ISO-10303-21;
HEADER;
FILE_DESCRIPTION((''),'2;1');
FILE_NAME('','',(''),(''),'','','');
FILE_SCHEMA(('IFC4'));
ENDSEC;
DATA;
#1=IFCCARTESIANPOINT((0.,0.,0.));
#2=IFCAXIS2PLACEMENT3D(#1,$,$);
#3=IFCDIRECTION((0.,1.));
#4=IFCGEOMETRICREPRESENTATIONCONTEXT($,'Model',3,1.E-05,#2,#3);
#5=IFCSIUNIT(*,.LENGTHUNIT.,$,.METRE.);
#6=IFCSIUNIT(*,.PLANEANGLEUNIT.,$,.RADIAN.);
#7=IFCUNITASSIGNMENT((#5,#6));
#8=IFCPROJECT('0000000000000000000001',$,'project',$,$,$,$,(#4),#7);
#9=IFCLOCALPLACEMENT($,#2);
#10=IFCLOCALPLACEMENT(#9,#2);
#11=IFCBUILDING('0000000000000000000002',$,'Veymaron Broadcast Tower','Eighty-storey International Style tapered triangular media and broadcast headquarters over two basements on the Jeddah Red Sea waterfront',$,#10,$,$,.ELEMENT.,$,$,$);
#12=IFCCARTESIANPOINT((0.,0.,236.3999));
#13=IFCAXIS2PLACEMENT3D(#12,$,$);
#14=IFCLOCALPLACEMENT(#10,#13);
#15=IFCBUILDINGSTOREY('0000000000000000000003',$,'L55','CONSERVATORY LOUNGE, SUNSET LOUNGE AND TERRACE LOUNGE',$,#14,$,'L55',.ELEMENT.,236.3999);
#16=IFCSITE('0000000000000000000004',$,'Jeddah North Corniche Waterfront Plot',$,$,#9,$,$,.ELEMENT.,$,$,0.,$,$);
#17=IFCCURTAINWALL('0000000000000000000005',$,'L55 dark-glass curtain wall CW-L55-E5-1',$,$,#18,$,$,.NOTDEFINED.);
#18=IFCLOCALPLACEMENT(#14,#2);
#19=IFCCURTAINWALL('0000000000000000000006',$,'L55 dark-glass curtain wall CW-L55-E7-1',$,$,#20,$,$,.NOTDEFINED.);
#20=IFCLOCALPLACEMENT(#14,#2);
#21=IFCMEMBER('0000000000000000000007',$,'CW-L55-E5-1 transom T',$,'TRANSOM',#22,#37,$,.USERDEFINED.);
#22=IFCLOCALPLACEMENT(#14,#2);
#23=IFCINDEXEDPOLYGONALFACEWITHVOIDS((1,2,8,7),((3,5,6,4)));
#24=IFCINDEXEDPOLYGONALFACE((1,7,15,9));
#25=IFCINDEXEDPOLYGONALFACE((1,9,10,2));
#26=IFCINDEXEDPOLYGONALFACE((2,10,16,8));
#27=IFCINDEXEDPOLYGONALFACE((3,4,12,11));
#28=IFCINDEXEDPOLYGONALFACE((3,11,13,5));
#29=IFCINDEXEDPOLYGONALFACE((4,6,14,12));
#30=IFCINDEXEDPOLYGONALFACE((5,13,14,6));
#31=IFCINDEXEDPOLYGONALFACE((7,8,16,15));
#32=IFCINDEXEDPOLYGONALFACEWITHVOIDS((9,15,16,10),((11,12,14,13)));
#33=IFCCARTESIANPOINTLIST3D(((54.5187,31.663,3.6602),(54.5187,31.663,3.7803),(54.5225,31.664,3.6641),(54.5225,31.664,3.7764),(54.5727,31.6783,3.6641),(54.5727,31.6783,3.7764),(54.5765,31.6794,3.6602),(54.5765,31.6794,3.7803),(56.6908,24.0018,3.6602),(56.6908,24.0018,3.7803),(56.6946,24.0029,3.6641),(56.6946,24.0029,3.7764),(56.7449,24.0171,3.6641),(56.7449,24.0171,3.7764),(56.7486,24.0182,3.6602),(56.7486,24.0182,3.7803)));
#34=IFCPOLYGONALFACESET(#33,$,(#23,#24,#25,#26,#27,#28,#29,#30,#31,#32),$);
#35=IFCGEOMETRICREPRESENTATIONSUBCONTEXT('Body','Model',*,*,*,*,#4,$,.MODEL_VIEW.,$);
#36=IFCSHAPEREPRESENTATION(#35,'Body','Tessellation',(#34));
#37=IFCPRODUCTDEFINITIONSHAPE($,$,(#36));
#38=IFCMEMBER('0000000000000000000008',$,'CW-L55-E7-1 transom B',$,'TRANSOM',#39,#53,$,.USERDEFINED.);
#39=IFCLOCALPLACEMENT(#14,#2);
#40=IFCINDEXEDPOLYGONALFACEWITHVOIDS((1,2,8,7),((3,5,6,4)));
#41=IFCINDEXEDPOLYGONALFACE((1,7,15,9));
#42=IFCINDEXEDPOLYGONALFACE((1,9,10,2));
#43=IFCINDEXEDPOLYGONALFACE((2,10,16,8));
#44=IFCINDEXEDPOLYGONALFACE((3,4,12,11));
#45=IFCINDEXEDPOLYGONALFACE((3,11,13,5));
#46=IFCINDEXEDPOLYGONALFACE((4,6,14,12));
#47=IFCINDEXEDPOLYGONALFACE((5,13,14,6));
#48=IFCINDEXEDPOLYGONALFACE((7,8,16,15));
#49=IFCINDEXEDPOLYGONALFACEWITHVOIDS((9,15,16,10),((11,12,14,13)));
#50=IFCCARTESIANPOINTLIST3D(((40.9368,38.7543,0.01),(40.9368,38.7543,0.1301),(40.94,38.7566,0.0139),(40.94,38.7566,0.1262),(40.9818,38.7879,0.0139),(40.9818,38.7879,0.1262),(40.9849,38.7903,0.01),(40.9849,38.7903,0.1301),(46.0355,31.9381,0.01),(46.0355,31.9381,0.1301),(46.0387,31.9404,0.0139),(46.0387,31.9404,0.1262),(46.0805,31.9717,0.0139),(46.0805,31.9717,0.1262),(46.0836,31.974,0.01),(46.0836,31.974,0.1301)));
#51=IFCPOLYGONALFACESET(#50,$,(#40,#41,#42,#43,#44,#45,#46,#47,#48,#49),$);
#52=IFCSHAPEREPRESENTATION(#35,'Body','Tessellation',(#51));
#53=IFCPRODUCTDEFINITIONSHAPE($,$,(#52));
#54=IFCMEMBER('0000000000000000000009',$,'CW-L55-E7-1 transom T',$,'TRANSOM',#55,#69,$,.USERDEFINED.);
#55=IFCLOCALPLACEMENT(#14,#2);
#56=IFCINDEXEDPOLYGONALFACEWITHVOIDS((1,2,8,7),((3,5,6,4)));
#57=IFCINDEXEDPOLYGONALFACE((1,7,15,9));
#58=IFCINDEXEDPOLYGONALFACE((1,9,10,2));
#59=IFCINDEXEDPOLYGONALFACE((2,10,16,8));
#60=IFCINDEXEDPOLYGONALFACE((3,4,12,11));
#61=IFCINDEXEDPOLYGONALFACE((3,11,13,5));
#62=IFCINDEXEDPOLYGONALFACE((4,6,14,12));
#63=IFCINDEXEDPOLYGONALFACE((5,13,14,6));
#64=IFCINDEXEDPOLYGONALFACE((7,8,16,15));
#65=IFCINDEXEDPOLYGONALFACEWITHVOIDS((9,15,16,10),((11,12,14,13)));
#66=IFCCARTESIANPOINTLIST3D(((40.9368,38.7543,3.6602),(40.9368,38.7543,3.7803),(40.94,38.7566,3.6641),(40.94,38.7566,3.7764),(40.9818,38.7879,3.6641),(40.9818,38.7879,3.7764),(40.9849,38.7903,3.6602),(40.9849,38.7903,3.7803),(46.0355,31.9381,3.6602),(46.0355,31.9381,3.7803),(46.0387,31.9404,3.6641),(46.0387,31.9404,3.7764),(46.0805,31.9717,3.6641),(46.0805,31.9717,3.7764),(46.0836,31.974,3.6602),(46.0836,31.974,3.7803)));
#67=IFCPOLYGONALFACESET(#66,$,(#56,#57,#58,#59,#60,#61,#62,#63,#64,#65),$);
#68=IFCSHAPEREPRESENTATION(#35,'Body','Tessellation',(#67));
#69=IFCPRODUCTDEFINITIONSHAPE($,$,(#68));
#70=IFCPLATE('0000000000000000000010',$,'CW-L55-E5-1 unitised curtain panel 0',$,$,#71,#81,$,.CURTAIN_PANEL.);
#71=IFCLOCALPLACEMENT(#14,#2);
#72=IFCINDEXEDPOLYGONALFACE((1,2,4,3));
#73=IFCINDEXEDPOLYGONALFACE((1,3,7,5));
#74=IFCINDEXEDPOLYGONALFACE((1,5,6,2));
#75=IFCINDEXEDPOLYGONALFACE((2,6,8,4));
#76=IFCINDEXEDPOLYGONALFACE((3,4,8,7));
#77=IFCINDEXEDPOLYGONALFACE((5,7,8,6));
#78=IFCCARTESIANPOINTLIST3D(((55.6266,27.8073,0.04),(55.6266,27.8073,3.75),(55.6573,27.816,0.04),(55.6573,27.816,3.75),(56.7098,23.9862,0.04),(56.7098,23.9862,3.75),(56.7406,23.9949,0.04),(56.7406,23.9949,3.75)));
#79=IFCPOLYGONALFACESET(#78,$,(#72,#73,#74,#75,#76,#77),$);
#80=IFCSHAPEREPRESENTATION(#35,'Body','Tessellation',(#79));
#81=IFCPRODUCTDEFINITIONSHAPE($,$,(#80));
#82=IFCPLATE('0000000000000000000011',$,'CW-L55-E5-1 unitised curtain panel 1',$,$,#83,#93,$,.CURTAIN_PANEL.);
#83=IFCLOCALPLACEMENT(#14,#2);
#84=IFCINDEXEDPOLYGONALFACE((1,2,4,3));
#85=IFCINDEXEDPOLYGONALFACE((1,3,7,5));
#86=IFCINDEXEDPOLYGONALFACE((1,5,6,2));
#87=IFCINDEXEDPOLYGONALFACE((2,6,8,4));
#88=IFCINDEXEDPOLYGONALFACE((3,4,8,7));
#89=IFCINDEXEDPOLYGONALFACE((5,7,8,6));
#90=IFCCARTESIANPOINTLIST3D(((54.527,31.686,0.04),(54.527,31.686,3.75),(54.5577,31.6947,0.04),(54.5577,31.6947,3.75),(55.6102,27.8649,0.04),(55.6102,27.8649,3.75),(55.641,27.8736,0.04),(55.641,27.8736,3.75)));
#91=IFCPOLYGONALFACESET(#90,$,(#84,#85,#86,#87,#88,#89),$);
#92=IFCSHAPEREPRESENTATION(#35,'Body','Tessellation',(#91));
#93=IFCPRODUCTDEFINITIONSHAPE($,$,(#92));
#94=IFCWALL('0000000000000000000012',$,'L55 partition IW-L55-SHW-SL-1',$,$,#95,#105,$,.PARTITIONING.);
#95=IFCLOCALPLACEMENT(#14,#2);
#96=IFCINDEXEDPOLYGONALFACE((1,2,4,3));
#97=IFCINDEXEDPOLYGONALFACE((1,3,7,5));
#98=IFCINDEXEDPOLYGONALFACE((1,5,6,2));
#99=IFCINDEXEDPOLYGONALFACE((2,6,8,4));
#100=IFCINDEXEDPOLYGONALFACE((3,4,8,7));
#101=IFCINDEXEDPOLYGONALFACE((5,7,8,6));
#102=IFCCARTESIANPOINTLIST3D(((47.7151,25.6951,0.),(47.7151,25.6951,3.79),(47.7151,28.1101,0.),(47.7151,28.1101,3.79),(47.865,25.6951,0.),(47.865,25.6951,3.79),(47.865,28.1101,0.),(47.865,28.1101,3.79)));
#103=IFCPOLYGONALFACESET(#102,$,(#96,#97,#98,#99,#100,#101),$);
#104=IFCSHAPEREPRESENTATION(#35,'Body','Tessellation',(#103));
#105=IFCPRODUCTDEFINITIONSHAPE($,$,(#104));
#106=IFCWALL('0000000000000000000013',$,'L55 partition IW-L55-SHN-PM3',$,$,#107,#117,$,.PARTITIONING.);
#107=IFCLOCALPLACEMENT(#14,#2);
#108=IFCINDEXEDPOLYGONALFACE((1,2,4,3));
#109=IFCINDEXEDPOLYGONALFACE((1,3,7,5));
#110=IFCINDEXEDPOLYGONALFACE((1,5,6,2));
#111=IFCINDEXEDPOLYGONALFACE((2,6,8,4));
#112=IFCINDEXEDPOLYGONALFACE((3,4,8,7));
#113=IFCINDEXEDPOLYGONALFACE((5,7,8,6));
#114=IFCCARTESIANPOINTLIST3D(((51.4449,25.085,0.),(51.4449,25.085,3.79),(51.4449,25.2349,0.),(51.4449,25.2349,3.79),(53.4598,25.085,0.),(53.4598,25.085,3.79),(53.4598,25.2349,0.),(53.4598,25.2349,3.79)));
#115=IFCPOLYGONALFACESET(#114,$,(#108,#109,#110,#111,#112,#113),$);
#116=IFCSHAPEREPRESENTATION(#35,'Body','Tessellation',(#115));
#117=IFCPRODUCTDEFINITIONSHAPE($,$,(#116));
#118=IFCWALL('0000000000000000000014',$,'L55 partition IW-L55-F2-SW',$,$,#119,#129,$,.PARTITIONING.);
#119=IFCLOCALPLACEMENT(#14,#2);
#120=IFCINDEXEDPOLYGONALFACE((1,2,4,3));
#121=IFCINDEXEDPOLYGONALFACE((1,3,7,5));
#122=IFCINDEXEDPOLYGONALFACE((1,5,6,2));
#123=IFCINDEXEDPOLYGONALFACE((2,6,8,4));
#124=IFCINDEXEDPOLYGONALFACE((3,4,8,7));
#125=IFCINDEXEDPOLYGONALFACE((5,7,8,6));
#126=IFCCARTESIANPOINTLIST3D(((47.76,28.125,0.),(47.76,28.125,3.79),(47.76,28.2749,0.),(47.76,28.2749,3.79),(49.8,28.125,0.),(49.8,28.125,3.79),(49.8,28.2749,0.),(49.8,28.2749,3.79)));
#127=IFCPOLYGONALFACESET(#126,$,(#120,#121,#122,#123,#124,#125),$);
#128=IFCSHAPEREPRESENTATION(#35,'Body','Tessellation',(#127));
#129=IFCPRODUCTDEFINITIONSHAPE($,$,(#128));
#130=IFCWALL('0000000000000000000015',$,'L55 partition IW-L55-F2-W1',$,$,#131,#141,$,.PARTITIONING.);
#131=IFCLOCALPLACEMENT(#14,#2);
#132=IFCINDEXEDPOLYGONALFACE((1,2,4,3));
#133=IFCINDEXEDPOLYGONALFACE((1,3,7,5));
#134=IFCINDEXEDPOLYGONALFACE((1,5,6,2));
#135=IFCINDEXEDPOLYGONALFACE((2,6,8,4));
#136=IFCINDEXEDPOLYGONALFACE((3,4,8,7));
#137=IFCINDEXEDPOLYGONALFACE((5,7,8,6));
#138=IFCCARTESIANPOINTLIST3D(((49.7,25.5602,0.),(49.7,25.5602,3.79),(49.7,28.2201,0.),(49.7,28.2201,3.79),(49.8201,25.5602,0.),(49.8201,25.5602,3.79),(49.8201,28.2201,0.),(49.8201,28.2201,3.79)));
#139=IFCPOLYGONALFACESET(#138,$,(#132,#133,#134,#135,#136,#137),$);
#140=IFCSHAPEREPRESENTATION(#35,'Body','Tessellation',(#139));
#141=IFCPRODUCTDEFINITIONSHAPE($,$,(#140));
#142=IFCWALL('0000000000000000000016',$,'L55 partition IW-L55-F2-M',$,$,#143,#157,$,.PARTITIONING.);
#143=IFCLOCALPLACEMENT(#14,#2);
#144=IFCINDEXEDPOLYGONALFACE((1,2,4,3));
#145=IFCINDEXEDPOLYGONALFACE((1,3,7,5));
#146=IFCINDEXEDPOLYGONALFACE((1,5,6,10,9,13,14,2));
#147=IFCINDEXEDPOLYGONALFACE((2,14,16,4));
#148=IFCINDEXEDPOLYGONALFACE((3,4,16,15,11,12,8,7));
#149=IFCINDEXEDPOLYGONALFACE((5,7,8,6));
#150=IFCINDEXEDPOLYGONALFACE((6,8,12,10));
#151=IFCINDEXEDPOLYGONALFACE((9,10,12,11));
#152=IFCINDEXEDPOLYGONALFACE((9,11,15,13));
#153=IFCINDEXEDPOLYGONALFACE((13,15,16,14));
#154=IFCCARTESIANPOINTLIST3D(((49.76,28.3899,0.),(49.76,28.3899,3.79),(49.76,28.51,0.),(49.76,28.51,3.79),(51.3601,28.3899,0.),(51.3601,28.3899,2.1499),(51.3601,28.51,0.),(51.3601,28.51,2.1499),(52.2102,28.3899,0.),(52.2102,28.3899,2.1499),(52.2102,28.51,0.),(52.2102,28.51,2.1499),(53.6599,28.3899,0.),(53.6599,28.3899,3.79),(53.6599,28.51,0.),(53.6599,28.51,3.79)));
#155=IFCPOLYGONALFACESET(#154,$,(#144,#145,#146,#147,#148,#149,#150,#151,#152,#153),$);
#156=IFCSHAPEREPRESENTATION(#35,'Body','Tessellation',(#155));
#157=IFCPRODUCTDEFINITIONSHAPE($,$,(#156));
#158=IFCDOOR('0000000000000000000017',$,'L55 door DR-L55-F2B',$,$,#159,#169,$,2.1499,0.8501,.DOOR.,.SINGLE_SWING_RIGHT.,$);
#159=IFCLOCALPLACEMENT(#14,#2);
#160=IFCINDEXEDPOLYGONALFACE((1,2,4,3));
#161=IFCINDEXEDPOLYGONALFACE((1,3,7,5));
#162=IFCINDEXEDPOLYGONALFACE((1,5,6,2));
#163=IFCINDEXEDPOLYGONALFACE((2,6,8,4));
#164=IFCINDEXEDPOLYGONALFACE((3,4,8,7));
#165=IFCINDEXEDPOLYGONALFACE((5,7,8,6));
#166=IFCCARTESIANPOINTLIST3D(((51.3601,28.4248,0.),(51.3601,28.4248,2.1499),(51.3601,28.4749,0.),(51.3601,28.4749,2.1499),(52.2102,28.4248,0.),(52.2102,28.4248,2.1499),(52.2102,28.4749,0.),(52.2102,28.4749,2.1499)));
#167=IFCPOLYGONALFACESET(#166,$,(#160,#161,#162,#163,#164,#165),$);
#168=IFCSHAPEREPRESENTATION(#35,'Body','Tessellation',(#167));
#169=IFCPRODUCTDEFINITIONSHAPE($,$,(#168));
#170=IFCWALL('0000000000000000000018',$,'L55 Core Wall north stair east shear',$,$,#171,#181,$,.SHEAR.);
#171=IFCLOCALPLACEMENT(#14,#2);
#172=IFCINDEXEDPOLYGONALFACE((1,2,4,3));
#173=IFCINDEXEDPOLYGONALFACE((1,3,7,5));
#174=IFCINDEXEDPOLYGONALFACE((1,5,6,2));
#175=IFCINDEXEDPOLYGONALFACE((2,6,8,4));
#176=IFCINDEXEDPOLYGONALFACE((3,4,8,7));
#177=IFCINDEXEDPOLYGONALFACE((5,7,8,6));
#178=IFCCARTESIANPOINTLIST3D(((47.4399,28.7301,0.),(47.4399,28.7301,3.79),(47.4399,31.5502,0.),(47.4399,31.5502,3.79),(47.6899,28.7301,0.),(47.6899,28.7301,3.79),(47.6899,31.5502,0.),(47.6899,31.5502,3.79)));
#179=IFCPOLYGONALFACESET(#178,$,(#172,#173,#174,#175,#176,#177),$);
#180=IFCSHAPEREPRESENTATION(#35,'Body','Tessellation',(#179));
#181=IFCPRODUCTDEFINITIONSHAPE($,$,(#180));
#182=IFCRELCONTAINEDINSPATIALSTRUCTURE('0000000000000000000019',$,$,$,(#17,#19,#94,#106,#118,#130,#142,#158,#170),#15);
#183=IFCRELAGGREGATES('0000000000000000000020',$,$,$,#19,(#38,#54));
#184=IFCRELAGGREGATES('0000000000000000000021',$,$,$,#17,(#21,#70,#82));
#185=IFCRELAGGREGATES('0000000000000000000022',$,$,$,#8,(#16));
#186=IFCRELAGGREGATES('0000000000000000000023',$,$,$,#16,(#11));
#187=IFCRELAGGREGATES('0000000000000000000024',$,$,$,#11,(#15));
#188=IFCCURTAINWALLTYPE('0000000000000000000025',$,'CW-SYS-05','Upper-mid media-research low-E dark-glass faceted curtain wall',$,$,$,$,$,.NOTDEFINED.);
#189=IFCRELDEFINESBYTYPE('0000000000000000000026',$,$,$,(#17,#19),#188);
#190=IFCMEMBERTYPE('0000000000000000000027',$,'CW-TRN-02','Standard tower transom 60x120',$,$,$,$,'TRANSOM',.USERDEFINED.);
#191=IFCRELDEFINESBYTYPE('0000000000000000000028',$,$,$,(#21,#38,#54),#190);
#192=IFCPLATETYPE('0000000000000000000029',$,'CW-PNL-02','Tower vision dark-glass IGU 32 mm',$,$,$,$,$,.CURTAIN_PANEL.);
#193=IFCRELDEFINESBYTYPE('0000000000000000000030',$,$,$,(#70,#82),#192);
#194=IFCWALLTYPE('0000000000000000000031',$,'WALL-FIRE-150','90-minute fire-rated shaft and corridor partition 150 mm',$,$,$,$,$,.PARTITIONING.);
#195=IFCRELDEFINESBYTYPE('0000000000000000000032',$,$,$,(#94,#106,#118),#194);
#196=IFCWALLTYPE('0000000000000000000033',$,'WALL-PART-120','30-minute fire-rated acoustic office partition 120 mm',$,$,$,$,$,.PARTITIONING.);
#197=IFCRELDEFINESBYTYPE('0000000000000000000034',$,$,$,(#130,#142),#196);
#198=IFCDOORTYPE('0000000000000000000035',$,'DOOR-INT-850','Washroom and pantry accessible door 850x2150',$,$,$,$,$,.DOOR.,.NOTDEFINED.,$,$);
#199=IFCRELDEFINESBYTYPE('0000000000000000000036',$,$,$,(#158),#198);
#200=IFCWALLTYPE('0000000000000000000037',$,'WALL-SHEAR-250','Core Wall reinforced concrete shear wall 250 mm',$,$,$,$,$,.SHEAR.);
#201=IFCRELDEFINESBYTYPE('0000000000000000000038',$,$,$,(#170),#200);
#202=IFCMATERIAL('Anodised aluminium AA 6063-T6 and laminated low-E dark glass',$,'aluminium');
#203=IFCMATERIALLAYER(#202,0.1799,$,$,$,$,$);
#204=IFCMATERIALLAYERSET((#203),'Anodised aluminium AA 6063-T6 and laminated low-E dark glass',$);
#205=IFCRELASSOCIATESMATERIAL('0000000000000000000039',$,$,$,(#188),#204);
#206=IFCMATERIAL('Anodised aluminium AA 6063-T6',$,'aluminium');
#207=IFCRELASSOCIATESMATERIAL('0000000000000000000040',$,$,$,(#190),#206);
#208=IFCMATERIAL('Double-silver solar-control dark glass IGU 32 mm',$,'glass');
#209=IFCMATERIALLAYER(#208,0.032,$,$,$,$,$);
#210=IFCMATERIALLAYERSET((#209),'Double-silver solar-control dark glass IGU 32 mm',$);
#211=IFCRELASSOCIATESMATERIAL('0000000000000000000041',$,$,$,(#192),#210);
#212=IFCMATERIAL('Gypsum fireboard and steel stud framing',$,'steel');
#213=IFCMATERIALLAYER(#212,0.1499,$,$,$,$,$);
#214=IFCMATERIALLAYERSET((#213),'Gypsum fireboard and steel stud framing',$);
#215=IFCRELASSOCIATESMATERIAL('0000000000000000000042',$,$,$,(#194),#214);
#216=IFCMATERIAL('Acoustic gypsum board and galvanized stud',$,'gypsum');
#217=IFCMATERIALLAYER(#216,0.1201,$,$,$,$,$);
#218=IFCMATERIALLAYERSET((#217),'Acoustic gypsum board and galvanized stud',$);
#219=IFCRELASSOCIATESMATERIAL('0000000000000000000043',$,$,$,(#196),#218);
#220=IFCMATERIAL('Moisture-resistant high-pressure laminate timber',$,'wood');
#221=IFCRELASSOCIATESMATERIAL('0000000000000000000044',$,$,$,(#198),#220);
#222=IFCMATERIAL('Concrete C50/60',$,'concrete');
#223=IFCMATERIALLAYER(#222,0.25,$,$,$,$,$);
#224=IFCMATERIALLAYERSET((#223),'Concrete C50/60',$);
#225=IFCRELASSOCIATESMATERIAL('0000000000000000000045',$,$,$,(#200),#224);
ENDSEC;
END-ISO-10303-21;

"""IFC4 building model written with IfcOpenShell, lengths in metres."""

from ifc_helpers import new_model, si_unit, direction, frame, frame_2d, origin, origin_2d, place, context, subcontext, project, spatial, rectangle, hollow_rectangle, extrude, material, layer, layer_set, material_profile, profile_set, type_object, element, fill, aggregate, save


model = new_model("IFC4")

# Units and contexts
model_context = context("Model", 3, precision=1e-05, world=origin(), true_north=direction((0.0, 1.0)))
body_context = subcontext(model_context, "Body", "Model", "MODEL_VIEW")
ifc_project = project(units=[si_unit("LENGTHUNIT", "METRE"), si_unit("PLANEANGLEUNIT", "RADIAN")], contexts=[model_context])

# Site, building, storey
site_placement = place(None, origin())
site = spatial("IfcSite", under=ifc_project, at=site_placement, Name="Jeddah North Corniche Waterfront Plot", CompositionType="ELEMENT", RefElevation=0.0)
building_placement = place(site_placement, origin())
building = spatial("IfcBuilding", under=site, at=building_placement, Name="Veymaron Broadcast Tower", Description="Eighty-storey International Style tapered triangular media and broadcast headquarters over two basements on the Jeddah Red Sea waterfront", CompositionType="ELEMENT")
storey_placement = place(building_placement, frame((0.0, 0.0, 236.3999)))
storey = spatial("IfcBuildingStorey", under=building, at=storey_placement, Name="L55", Description="CONSERVATORY LOUNGE, SUNSET LOUNGE AND TERRACE LOUNGE", LongName="L55", CompositionType="ELEMENT", Elevation=236.3999)

# Shared definitions
ifc_material_1 = material(Name="Anodised aluminium AA 6063-T6 and laminated low-E dark glass", Category="aluminium")
ifc_layer_1 = layer(ifc_material_1, 0.1799)
ifc_layer_set_1 = layer_set([ifc_layer_1], Name="Anodised aluminium AA 6063-T6 and laminated low-E dark glass")
curtain_wall_type = type_object("IfcCurtainWallType", Name="CW-SYS-05", Description="Upper-mid media-research low-E dark-glass faceted curtain wall", PredefinedType="NOTDEFINED", material=ifc_layer_set_1)
ifc_material_2 = material(Name="Anodised aluminium AA 6063-T6", Category="aluminium")

# Curtain wall
curtain_wall_1_placement = place(storey_placement, origin())
curtain_wall_1 = element("IfcCurtainWall", 1, at=curtain_wall_1_placement, inside=storey, type_object=curtain_wall_type, Name="L55 dark-glass curtain wall CW-L55-E5-1", PredefinedType="NOTDEFINED")

# Curtain wall
curtain_wall_2_placement = place(storey_placement, origin())
curtain_wall_2 = element("IfcCurtainWall", 2, at=curtain_wall_2_placement, inside=storey, type_object=curtain_wall_type, Name="L55 dark-glass curtain wall CW-L55-E7-1", PredefinedType="NOTDEFINED")

# Members
ifc_material_profile_1 = material_profile(ifc_material_2, hollow_rectangle(XDim=0.0601, YDim=0.1201, WallThickness=0.0039, at=origin_2d()), Name="AL120X60X4")
ifc_profile_set_1 = profile_set([ifc_material_profile_1], Name="Anodised aluminium AA 6063-T6")
member_type_1 = type_object("IfcMemberType", Name="CW-TRN-02", Description="Standard tower transom 60x120", ElementType="TRANSOM", PredefinedType="USERDEFINED", material=ifc_profile_set_1)
member_1_placement = place(storey_placement, frame((56.7197, 24.01, 3.7202), z_axis=(-0.272773, 0.962078, 0.0), x_axis=(-0.962078, -0.272773, 0.0)))
member_1 = element("IfcMember", 3, at=member_1_placement, type_object=member_type_1, Name="CW-L55-E5-1 transom T", ObjectType="TRANSOM", PredefinedType="USERDEFINED", context=body_context, shape_type="SweptSolid", body=[
    extrude(hollow_rectangle(XDim=0.0601, YDim=0.1201, WallThickness=0.0039, at=origin_2d()), origin(), (0.0, 0.0, 1.0), 7.9631),
])
member_2_placement = place(storey_placement, frame((46.0596, 31.9561, 0.0701), z_axis=(-0.598985, 0.80076, 0.0), x_axis=(-0.80076, -0.598985, 0.0)))
member_2 = element("IfcMember", 4, at=member_2_placement, type_object=member_type_1, Name="CW-L55-E7-1 transom B", ObjectType="TRANSOM", PredefinedType="USERDEFINED", context=body_context, shape_type="SweptSolid", body=[
    extrude(hollow_rectangle(XDim=0.0601, YDim=0.1201, WallThickness=0.0039, at=origin_2d()), origin(), (0.0, 0.0, 1.0), 8.5122),
])
member_3_placement = place(storey_placement, frame((46.0596, 31.9561, 3.7202), z_axis=(-0.598985, 0.80076, 0.0), x_axis=(-0.80076, -0.598985, 0.0)))
member_3 = element("IfcMember", 5, at=member_3_placement, type_object=member_type_1, Name="CW-L55-E7-1 transom T", ObjectType="TRANSOM", PredefinedType="USERDEFINED", context=body_context, shape_type="SweptSolid", body=[
    extrude(hollow_rectangle(XDim=0.0601, YDim=0.1201, WallThickness=0.0039, at=origin_2d()), origin(), (0.0, 0.0, 1.0), 8.5122),
])
aggregate(curtain_wall_2, [member_2, member_3])

# Plates
ifc_material_3 = material(Name="Double-silver solar-control dark glass IGU 32 mm", Category="glass")
ifc_layer_2 = layer(ifc_material_3, 0.032)
ifc_layer_set_2 = layer_set([ifc_layer_2], Name="Double-silver solar-control dark glass IGU 32 mm")
plate_type = type_object("IfcPlateType", Name="CW-PNL-02", Description="Tower vision dark-glass IGU 32 mm", PredefinedType="CURTAIN_PANEL", material=ifc_layer_set_2)
plate_1_placement = place(storey_placement, frame((56.1836, 25.9011, 0.04), z_axis=(0.0, 0.0, 1.0), x_axis=(-0.27275, 0.962085, 0.0)))
plate_1 = element("IfcPlate", 6, at=plate_1_placement, type_object=plate_type, Name="CW-L55-E5-1 unitised curtain panel 0", PredefinedType="CURTAIN_PANEL", context=body_context, shape_type="SweptSolid", body=[
    extrude(rectangle(XDim=3.9717, YDim=0.032, at=origin_2d()), origin(), (0.0, 0.0, 1.0), 3.71),
])
plate_2_placement = place(storey_placement, frame((55.084, 29.7798, 0.04), z_axis=(0.0, 0.0, 1.0), x_axis=(-0.27275, 0.962085, 0.0)))
plate_2 = element("IfcPlate", 7, at=plate_2_placement, type_object=plate_type, Name="CW-L55-E5-1 unitised curtain panel 1", PredefinedType="CURTAIN_PANEL", context=body_context, shape_type="SweptSolid", body=[
    extrude(rectangle(XDim=3.9717, YDim=0.032, at=origin_2d()), origin(), (0.0, 0.0, 1.0), 3.71),
])
aggregate(curtain_wall_1, [member_1, plate_1, plate_2])

# Shared definitions
ifc_material_4 = material(Name="Gypsum fireboard and steel stud framing", Category="steel")
ifc_layer_3 = layer(ifc_material_4, 0.1499)
ifc_layer_set_3 = layer_set([ifc_layer_3], Name="Gypsum fireboard and steel stud framing")
wall_type_1 = type_object("IfcWallType", Name="WALL-FIRE-150", Description="90-minute fire-rated shaft and corridor partition 150 mm", PredefinedType="PARTITIONING", material=ifc_layer_set_3)

# Walls
wall_1_placement = place(storey_placement, frame((47.79, 25.6951, 0.0), z_axis=(0.0, 0.0, 1.0), x_axis=(0.0, 1.0, 0.0)))
element("IfcWall", 8, at=wall_1_placement, inside=storey, type_object=wall_type_1, Name="L55 partition IW-L55-SHW-SL-1", PredefinedType="PARTITIONING", context=body_context, shape_type="SweptSolid", body=[
    extrude(rectangle(XDim=2.415, YDim=0.1499, at=frame_2d((1.2075, 0.0))), origin(), (0.0, 0.0, 1.0), 3.79),
])
wall_2_placement = place(storey_placement, frame((51.4451, 25.1599, 0.0), z_axis=(0.0, 0.0, 1.0), x_axis=(1.0, 0.0, 0.0)))
element("IfcWall", 9, at=wall_2_placement, inside=storey, type_object=wall_type_1, Name="L55 partition IW-L55-SHN-PM3", PredefinedType="PARTITIONING", context=body_context, shape_type="SweptSolid", body=[
    extrude(rectangle(XDim=2.0149, YDim=0.1499, at=frame_2d((1.0073, 0.0))), origin(), (0.0, 0.0, 1.0), 3.79),
])
wall_3_placement = place(storey_placement, frame((47.76, 28.2, 0.0), z_axis=(0.0, 0.0, 1.0), x_axis=(1.0, 0.0, 0.0)))
element("IfcWall", 10, at=wall_3_placement, inside=storey, type_object=wall_type_1, Name="L55 partition IW-L55-F2-SW", PredefinedType="PARTITIONING", context=body_context, shape_type="SweptSolid", body=[
    extrude(rectangle(XDim=2.04, YDim=0.1499, at=frame_2d((1.02, 0.0))), origin(), (0.0, 0.0, 1.0), 3.79),
])
ifc_material_5 = material(Name="Acoustic gypsum board and galvanized stud", Category="gypsum")
ifc_layer_4 = layer(ifc_material_5, 0.1201)
ifc_layer_set_4 = layer_set([ifc_layer_4], Name="Acoustic gypsum board and galvanized stud")
wall_type_2 = type_object("IfcWallType", Name="WALL-PART-120", Description="30-minute fire-rated acoustic office partition 120 mm", PredefinedType="PARTITIONING", material=ifc_layer_set_4)
wall_4_placement = place(storey_placement, frame((49.76, 25.5601, 0.0), z_axis=(0.0, 0.0, 1.0), x_axis=(0.0, 1.0, 0.0)))
element("IfcWall", 11, at=wall_4_placement, inside=storey, type_object=wall_type_2, Name="L55 partition IW-L55-F2-W1", PredefinedType="PARTITIONING", context=body_context, shape_type="SweptSolid", body=[
    extrude(rectangle(XDim=2.6599, YDim=0.1201, at=frame_2d((1.3301, 0.0))), origin(), (0.0, 0.0, 1.0), 3.79),
])

# Wall, opening, door
ifc_material_6 = material(Name="Moisture-resistant high-pressure laminate timber", Category="wood")
door_type_1 = type_object("IfcDoorType", Name="DOOR-INT-850", Description="Washroom and pantry accessible door 850x2150", OperationType="NOTDEFINED", PredefinedType="DOOR", material=ifc_material_6)
wall_5_placement = place(storey_placement, frame((49.76, 28.45, 0.0), z_axis=(0.0, 0.0, 1.0), x_axis=(1.0, 0.0, 0.0)))
wall_5 = element("IfcWall", 12, at=wall_5_placement, inside=storey, type_object=wall_type_2, Name="L55 partition IW-L55-F2-M", PredefinedType="PARTITIONING", context=body_context, shape_type="SweptSolid", body=[
    extrude(rectangle(XDim=3.8999, YDim=0.1201, at=frame_2d((1.95, 0.0))), origin(), (0.0, 0.0, 1.0), 3.79),
])
opening_1_placement = place(wall_5_placement, frame((1.6001, 0.0, 0.0)))
opening_1 = element("IfcOpeningElement", 13, at=opening_1_placement, cuts=wall_5, PredefinedType="OPENING", context=body_context, shape_type="SweptSolid", body=[
    extrude(rectangle(XDim=0.8501, YDim=2.1499, at=frame_2d((0.425, 1.075))), frame((0.0, 0.0701, 0.0), z_axis=(0.0, -1.0, 0.0), x_axis=(1.0, 0.0, 0.0)), (0.0, 0.0, 1.0), 0.1401),
])
door_1_placement = place(opening_1_placement, origin())
door_1 = element("IfcDoor", 14, at=door_1_placement, inside=storey, type_object=door_type_1, Name="L55 door DR-L55-F2B", OperationType="SINGLE_SWING_RIGHT", OverallHeight=2.1499, OverallWidth=0.8501, PredefinedType="DOOR", context=body_context, shape_type="SweptSolid", body=[
    extrude(rectangle(XDim=0.8501, YDim=2.1499, at=frame_2d((0.425, 1.075))), frame((0.0, 0.0249, 0.0), z_axis=(0.0, -1.0, 0.0), x_axis=(1.0, 0.0, 0.0)), (0.0, 0.0, 1.0), 0.05),
])
fill(opening_1, door_1)

# Wall
ifc_material_7 = material(Name="Concrete C50/60", Category="concrete")
ifc_layer_5 = layer(ifc_material_7, 0.25)
ifc_layer_set_5 = layer_set([ifc_layer_5], Name="Concrete C50/60")
wall_type_3 = type_object("IfcWallType", Name="WALL-SHEAR-250", Description="Core Wall reinforced concrete shear wall 250 mm", PredefinedType="SHEAR", material=ifc_layer_set_5)
wall_6_placement = place(storey_placement, frame((47.5649, 28.73, 0.0), z_axis=(0.0, 0.0, 1.0), x_axis=(0.0, 1.0, 0.0)))
element("IfcWall", 15, at=wall_6_placement, inside=storey, type_object=wall_type_3, Name="L55 Core Wall north stair east shear", PredefinedType="SHEAR", context=body_context, shape_type="SweptSolid", body=[
    extrude(rectangle(XDim=2.8201, YDim=0.25, at=frame_2d((1.4102, 0.0))), origin(), (0.0, 0.0, 1.0), 3.79),
])

save(model, "model.ifc")
